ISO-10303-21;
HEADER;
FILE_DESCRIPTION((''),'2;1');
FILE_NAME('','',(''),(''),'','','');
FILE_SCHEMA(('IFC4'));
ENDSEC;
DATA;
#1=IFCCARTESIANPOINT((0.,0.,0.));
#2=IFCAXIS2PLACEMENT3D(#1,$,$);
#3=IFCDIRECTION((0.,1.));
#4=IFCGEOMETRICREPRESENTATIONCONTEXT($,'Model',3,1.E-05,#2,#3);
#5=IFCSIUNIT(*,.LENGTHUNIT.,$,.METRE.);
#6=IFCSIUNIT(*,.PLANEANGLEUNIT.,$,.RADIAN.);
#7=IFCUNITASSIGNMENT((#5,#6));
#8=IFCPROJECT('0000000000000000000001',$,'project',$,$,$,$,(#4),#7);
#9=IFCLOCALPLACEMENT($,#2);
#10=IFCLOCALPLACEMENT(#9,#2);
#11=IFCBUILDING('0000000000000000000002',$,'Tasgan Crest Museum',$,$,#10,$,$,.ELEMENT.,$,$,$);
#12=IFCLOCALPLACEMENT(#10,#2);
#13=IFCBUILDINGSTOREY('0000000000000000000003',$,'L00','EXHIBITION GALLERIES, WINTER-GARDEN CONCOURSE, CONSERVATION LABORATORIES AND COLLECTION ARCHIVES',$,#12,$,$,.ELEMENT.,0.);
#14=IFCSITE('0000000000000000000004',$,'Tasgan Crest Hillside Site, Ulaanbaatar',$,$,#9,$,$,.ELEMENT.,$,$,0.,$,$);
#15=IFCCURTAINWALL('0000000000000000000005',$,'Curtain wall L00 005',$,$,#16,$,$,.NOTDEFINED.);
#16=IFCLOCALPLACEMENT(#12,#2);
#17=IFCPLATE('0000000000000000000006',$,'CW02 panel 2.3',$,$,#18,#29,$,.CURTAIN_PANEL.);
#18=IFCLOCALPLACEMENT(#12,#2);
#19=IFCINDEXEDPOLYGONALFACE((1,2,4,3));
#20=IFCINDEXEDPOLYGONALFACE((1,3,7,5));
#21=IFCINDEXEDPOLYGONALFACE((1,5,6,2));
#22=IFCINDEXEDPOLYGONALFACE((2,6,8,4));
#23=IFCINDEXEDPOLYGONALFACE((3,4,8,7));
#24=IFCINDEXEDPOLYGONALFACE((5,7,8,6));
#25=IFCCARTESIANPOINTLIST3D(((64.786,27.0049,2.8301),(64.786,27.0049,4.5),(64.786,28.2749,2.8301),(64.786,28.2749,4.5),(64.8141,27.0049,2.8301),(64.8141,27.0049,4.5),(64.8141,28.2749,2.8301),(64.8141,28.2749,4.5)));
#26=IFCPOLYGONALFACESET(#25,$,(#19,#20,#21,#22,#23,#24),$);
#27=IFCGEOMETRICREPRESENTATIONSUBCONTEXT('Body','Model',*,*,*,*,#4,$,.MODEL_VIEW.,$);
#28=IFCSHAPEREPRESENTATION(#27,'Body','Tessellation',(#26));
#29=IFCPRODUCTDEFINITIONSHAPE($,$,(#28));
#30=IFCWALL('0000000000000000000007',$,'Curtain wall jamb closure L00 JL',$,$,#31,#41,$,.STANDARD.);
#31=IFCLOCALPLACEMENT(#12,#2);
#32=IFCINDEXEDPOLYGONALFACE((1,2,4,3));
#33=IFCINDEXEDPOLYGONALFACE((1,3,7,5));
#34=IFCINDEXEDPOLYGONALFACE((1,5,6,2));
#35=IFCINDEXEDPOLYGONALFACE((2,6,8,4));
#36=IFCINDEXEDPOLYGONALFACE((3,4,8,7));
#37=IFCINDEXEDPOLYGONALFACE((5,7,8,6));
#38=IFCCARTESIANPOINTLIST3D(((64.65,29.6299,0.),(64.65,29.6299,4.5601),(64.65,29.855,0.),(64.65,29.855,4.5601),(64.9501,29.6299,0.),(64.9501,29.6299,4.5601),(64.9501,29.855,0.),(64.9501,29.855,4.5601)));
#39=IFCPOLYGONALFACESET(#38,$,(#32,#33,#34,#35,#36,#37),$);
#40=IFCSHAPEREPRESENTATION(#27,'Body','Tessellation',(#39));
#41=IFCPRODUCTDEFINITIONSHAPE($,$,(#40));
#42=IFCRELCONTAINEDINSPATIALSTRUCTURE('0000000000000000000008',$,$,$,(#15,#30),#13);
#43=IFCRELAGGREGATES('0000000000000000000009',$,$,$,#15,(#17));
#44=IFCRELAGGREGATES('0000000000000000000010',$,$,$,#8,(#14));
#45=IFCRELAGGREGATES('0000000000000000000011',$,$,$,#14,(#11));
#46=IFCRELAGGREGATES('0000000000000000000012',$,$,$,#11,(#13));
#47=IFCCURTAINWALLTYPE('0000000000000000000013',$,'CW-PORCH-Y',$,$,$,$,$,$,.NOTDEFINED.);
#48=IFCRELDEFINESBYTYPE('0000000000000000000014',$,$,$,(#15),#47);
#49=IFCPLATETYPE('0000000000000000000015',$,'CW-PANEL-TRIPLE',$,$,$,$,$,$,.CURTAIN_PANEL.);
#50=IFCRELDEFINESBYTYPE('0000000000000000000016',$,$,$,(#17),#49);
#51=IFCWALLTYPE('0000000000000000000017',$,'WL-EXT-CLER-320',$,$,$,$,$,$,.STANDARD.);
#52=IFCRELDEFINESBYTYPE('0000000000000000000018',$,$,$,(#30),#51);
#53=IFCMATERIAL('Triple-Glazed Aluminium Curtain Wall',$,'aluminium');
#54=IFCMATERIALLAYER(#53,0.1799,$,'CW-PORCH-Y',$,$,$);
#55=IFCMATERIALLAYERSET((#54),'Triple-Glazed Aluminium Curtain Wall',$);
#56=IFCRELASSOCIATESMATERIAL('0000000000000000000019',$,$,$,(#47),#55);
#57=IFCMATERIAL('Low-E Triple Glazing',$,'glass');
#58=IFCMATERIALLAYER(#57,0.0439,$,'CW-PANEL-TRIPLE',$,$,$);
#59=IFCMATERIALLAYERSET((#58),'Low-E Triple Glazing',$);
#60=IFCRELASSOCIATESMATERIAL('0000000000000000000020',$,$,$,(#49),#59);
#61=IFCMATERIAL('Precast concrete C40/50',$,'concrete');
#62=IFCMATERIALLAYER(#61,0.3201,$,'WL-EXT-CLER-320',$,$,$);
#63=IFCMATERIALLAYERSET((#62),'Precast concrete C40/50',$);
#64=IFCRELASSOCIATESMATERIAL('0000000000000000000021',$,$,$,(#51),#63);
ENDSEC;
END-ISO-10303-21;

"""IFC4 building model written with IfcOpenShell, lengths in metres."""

from ifc_helpers import new_model, si_unit, direction, frame, frame_2d, origin, origin_2d, place, context, subcontext, project, spatial, rectangle, extrude, material, layer, layer_set, type_object, element, aggregate, save


model = new_model("IFC4")

# Units and contexts
model_context = context("Model", 3, precision=1e-05, world=origin(), true_north=direction((0.0, 1.0)))
body_context = subcontext(model_context, "Body", "Model", "MODEL_VIEW")
ifc_project = project(units=[si_unit("LENGTHUNIT", "METRE"), si_unit("PLANEANGLEUNIT", "RADIAN")], contexts=[model_context])

# Site, building, storey
site_placement = place(None, origin())
site = spatial("IfcSite", under=ifc_project, at=site_placement, Name="Tasgan Crest Hillside Site, Ulaanbaatar", CompositionType="ELEMENT", RefElevation=0.0)
building_placement = place(site_placement, origin())
building = spatial("IfcBuilding", under=site, at=building_placement, Name="Tasgan Crest Museum", CompositionType="ELEMENT")
storey_placement = place(building_placement, origin())
storey = spatial("IfcBuildingStorey", under=building, at=storey_placement, Name="L00", Description="EXHIBITION GALLERIES, WINTER-GARDEN CONCOURSE, CONSERVATION LABORATORIES AND COLLECTION ARCHIVES", CompositionType="ELEMENT", Elevation=0.0)

# Curtain wall
ifc_material_1 = material(Name="Triple-Glazed Aluminium Curtain Wall", Category="aluminium")
ifc_layer_1 = layer(ifc_material_1, 0.1799, Name="CW-PORCH-Y")
ifc_layer_set_1 = layer_set([ifc_layer_1], Name="Triple-Glazed Aluminium Curtain Wall")
curtain_wall_type = type_object("IfcCurtainWallType", Name="CW-PORCH-Y", PredefinedType="NOTDEFINED", material=ifc_layer_set_1)
curtain_wall_1_placement = place(storey_placement, origin())
curtain_wall_1 = element("IfcCurtainWall", 1, at=curtain_wall_1_placement, inside=storey, type_object=curtain_wall_type, Name="Curtain wall L00 005", PredefinedType="NOTDEFINED")

# Plate
ifc_material_2 = material(Name="Low-E Triple Glazing", Category="glass")
ifc_layer_2 = layer(ifc_material_2, 0.0439, Name="CW-PANEL-TRIPLE")
ifc_layer_set_2 = layer_set([ifc_layer_2], Name="Low-E Triple Glazing")
plate_type_1 = type_object("IfcPlateType", Name="CW-PANEL-TRIPLE", PredefinedType="CURTAIN_PANEL", material=ifc_layer_set_2)
plate_1_placement = place(storey_placement, frame((64.8, 27.6399, 2.8301), z_axis=(0.0, 0.0, 1.0), x_axis=(0.0, -1.0, 0.0)))
plate_1 = element("IfcPlate", 2, at=plate_1_placement, type_object=plate_type_1, Name="CW02 panel 2.3", PredefinedType="CURTAIN_PANEL", context=body_context, shape_type="SweptSolid", body=[
    extrude(rectangle(XDim=1.27, YDim=0.0281, at=origin_2d()), origin(), (0.0, 0.0, 1.0), 1.6699),
])
aggregate(curtain_wall_1, [plate_1])

# Wall
ifc_material_3 = material(Name="Precast concrete C40/50", Category="concrete")
ifc_layer_3 = layer(ifc_material_3, 0.3201, Name="WL-EXT-CLER-320")
ifc_layer_set_3 = layer_set([ifc_layer_3], Name="Precast concrete C40/50")
wall_type = type_object("IfcWallType", Name="WL-EXT-CLER-320", PredefinedType="STANDARD", material=ifc_layer_set_3)
wall_placement = place(storey_placement, frame((64.8, 29.855, 0.0), z_axis=(0.0, 0.0, 1.0), x_axis=(0.0, -1.0, 0.0)))
element("IfcWall", 3, at=wall_placement, inside=storey, type_object=wall_type, Name="Curtain wall jamb closure L00 JL", PredefinedType="STANDARD", context=body_context, shape_type="SweptSolid", body=[
    extrude(rectangle(XDim=0.2251, YDim=0.3, at=frame_2d((0.1125, 0.0))), origin(), (0.0, 0.0, 1.0), 4.5601),
])

save(model, "model.ifc")
